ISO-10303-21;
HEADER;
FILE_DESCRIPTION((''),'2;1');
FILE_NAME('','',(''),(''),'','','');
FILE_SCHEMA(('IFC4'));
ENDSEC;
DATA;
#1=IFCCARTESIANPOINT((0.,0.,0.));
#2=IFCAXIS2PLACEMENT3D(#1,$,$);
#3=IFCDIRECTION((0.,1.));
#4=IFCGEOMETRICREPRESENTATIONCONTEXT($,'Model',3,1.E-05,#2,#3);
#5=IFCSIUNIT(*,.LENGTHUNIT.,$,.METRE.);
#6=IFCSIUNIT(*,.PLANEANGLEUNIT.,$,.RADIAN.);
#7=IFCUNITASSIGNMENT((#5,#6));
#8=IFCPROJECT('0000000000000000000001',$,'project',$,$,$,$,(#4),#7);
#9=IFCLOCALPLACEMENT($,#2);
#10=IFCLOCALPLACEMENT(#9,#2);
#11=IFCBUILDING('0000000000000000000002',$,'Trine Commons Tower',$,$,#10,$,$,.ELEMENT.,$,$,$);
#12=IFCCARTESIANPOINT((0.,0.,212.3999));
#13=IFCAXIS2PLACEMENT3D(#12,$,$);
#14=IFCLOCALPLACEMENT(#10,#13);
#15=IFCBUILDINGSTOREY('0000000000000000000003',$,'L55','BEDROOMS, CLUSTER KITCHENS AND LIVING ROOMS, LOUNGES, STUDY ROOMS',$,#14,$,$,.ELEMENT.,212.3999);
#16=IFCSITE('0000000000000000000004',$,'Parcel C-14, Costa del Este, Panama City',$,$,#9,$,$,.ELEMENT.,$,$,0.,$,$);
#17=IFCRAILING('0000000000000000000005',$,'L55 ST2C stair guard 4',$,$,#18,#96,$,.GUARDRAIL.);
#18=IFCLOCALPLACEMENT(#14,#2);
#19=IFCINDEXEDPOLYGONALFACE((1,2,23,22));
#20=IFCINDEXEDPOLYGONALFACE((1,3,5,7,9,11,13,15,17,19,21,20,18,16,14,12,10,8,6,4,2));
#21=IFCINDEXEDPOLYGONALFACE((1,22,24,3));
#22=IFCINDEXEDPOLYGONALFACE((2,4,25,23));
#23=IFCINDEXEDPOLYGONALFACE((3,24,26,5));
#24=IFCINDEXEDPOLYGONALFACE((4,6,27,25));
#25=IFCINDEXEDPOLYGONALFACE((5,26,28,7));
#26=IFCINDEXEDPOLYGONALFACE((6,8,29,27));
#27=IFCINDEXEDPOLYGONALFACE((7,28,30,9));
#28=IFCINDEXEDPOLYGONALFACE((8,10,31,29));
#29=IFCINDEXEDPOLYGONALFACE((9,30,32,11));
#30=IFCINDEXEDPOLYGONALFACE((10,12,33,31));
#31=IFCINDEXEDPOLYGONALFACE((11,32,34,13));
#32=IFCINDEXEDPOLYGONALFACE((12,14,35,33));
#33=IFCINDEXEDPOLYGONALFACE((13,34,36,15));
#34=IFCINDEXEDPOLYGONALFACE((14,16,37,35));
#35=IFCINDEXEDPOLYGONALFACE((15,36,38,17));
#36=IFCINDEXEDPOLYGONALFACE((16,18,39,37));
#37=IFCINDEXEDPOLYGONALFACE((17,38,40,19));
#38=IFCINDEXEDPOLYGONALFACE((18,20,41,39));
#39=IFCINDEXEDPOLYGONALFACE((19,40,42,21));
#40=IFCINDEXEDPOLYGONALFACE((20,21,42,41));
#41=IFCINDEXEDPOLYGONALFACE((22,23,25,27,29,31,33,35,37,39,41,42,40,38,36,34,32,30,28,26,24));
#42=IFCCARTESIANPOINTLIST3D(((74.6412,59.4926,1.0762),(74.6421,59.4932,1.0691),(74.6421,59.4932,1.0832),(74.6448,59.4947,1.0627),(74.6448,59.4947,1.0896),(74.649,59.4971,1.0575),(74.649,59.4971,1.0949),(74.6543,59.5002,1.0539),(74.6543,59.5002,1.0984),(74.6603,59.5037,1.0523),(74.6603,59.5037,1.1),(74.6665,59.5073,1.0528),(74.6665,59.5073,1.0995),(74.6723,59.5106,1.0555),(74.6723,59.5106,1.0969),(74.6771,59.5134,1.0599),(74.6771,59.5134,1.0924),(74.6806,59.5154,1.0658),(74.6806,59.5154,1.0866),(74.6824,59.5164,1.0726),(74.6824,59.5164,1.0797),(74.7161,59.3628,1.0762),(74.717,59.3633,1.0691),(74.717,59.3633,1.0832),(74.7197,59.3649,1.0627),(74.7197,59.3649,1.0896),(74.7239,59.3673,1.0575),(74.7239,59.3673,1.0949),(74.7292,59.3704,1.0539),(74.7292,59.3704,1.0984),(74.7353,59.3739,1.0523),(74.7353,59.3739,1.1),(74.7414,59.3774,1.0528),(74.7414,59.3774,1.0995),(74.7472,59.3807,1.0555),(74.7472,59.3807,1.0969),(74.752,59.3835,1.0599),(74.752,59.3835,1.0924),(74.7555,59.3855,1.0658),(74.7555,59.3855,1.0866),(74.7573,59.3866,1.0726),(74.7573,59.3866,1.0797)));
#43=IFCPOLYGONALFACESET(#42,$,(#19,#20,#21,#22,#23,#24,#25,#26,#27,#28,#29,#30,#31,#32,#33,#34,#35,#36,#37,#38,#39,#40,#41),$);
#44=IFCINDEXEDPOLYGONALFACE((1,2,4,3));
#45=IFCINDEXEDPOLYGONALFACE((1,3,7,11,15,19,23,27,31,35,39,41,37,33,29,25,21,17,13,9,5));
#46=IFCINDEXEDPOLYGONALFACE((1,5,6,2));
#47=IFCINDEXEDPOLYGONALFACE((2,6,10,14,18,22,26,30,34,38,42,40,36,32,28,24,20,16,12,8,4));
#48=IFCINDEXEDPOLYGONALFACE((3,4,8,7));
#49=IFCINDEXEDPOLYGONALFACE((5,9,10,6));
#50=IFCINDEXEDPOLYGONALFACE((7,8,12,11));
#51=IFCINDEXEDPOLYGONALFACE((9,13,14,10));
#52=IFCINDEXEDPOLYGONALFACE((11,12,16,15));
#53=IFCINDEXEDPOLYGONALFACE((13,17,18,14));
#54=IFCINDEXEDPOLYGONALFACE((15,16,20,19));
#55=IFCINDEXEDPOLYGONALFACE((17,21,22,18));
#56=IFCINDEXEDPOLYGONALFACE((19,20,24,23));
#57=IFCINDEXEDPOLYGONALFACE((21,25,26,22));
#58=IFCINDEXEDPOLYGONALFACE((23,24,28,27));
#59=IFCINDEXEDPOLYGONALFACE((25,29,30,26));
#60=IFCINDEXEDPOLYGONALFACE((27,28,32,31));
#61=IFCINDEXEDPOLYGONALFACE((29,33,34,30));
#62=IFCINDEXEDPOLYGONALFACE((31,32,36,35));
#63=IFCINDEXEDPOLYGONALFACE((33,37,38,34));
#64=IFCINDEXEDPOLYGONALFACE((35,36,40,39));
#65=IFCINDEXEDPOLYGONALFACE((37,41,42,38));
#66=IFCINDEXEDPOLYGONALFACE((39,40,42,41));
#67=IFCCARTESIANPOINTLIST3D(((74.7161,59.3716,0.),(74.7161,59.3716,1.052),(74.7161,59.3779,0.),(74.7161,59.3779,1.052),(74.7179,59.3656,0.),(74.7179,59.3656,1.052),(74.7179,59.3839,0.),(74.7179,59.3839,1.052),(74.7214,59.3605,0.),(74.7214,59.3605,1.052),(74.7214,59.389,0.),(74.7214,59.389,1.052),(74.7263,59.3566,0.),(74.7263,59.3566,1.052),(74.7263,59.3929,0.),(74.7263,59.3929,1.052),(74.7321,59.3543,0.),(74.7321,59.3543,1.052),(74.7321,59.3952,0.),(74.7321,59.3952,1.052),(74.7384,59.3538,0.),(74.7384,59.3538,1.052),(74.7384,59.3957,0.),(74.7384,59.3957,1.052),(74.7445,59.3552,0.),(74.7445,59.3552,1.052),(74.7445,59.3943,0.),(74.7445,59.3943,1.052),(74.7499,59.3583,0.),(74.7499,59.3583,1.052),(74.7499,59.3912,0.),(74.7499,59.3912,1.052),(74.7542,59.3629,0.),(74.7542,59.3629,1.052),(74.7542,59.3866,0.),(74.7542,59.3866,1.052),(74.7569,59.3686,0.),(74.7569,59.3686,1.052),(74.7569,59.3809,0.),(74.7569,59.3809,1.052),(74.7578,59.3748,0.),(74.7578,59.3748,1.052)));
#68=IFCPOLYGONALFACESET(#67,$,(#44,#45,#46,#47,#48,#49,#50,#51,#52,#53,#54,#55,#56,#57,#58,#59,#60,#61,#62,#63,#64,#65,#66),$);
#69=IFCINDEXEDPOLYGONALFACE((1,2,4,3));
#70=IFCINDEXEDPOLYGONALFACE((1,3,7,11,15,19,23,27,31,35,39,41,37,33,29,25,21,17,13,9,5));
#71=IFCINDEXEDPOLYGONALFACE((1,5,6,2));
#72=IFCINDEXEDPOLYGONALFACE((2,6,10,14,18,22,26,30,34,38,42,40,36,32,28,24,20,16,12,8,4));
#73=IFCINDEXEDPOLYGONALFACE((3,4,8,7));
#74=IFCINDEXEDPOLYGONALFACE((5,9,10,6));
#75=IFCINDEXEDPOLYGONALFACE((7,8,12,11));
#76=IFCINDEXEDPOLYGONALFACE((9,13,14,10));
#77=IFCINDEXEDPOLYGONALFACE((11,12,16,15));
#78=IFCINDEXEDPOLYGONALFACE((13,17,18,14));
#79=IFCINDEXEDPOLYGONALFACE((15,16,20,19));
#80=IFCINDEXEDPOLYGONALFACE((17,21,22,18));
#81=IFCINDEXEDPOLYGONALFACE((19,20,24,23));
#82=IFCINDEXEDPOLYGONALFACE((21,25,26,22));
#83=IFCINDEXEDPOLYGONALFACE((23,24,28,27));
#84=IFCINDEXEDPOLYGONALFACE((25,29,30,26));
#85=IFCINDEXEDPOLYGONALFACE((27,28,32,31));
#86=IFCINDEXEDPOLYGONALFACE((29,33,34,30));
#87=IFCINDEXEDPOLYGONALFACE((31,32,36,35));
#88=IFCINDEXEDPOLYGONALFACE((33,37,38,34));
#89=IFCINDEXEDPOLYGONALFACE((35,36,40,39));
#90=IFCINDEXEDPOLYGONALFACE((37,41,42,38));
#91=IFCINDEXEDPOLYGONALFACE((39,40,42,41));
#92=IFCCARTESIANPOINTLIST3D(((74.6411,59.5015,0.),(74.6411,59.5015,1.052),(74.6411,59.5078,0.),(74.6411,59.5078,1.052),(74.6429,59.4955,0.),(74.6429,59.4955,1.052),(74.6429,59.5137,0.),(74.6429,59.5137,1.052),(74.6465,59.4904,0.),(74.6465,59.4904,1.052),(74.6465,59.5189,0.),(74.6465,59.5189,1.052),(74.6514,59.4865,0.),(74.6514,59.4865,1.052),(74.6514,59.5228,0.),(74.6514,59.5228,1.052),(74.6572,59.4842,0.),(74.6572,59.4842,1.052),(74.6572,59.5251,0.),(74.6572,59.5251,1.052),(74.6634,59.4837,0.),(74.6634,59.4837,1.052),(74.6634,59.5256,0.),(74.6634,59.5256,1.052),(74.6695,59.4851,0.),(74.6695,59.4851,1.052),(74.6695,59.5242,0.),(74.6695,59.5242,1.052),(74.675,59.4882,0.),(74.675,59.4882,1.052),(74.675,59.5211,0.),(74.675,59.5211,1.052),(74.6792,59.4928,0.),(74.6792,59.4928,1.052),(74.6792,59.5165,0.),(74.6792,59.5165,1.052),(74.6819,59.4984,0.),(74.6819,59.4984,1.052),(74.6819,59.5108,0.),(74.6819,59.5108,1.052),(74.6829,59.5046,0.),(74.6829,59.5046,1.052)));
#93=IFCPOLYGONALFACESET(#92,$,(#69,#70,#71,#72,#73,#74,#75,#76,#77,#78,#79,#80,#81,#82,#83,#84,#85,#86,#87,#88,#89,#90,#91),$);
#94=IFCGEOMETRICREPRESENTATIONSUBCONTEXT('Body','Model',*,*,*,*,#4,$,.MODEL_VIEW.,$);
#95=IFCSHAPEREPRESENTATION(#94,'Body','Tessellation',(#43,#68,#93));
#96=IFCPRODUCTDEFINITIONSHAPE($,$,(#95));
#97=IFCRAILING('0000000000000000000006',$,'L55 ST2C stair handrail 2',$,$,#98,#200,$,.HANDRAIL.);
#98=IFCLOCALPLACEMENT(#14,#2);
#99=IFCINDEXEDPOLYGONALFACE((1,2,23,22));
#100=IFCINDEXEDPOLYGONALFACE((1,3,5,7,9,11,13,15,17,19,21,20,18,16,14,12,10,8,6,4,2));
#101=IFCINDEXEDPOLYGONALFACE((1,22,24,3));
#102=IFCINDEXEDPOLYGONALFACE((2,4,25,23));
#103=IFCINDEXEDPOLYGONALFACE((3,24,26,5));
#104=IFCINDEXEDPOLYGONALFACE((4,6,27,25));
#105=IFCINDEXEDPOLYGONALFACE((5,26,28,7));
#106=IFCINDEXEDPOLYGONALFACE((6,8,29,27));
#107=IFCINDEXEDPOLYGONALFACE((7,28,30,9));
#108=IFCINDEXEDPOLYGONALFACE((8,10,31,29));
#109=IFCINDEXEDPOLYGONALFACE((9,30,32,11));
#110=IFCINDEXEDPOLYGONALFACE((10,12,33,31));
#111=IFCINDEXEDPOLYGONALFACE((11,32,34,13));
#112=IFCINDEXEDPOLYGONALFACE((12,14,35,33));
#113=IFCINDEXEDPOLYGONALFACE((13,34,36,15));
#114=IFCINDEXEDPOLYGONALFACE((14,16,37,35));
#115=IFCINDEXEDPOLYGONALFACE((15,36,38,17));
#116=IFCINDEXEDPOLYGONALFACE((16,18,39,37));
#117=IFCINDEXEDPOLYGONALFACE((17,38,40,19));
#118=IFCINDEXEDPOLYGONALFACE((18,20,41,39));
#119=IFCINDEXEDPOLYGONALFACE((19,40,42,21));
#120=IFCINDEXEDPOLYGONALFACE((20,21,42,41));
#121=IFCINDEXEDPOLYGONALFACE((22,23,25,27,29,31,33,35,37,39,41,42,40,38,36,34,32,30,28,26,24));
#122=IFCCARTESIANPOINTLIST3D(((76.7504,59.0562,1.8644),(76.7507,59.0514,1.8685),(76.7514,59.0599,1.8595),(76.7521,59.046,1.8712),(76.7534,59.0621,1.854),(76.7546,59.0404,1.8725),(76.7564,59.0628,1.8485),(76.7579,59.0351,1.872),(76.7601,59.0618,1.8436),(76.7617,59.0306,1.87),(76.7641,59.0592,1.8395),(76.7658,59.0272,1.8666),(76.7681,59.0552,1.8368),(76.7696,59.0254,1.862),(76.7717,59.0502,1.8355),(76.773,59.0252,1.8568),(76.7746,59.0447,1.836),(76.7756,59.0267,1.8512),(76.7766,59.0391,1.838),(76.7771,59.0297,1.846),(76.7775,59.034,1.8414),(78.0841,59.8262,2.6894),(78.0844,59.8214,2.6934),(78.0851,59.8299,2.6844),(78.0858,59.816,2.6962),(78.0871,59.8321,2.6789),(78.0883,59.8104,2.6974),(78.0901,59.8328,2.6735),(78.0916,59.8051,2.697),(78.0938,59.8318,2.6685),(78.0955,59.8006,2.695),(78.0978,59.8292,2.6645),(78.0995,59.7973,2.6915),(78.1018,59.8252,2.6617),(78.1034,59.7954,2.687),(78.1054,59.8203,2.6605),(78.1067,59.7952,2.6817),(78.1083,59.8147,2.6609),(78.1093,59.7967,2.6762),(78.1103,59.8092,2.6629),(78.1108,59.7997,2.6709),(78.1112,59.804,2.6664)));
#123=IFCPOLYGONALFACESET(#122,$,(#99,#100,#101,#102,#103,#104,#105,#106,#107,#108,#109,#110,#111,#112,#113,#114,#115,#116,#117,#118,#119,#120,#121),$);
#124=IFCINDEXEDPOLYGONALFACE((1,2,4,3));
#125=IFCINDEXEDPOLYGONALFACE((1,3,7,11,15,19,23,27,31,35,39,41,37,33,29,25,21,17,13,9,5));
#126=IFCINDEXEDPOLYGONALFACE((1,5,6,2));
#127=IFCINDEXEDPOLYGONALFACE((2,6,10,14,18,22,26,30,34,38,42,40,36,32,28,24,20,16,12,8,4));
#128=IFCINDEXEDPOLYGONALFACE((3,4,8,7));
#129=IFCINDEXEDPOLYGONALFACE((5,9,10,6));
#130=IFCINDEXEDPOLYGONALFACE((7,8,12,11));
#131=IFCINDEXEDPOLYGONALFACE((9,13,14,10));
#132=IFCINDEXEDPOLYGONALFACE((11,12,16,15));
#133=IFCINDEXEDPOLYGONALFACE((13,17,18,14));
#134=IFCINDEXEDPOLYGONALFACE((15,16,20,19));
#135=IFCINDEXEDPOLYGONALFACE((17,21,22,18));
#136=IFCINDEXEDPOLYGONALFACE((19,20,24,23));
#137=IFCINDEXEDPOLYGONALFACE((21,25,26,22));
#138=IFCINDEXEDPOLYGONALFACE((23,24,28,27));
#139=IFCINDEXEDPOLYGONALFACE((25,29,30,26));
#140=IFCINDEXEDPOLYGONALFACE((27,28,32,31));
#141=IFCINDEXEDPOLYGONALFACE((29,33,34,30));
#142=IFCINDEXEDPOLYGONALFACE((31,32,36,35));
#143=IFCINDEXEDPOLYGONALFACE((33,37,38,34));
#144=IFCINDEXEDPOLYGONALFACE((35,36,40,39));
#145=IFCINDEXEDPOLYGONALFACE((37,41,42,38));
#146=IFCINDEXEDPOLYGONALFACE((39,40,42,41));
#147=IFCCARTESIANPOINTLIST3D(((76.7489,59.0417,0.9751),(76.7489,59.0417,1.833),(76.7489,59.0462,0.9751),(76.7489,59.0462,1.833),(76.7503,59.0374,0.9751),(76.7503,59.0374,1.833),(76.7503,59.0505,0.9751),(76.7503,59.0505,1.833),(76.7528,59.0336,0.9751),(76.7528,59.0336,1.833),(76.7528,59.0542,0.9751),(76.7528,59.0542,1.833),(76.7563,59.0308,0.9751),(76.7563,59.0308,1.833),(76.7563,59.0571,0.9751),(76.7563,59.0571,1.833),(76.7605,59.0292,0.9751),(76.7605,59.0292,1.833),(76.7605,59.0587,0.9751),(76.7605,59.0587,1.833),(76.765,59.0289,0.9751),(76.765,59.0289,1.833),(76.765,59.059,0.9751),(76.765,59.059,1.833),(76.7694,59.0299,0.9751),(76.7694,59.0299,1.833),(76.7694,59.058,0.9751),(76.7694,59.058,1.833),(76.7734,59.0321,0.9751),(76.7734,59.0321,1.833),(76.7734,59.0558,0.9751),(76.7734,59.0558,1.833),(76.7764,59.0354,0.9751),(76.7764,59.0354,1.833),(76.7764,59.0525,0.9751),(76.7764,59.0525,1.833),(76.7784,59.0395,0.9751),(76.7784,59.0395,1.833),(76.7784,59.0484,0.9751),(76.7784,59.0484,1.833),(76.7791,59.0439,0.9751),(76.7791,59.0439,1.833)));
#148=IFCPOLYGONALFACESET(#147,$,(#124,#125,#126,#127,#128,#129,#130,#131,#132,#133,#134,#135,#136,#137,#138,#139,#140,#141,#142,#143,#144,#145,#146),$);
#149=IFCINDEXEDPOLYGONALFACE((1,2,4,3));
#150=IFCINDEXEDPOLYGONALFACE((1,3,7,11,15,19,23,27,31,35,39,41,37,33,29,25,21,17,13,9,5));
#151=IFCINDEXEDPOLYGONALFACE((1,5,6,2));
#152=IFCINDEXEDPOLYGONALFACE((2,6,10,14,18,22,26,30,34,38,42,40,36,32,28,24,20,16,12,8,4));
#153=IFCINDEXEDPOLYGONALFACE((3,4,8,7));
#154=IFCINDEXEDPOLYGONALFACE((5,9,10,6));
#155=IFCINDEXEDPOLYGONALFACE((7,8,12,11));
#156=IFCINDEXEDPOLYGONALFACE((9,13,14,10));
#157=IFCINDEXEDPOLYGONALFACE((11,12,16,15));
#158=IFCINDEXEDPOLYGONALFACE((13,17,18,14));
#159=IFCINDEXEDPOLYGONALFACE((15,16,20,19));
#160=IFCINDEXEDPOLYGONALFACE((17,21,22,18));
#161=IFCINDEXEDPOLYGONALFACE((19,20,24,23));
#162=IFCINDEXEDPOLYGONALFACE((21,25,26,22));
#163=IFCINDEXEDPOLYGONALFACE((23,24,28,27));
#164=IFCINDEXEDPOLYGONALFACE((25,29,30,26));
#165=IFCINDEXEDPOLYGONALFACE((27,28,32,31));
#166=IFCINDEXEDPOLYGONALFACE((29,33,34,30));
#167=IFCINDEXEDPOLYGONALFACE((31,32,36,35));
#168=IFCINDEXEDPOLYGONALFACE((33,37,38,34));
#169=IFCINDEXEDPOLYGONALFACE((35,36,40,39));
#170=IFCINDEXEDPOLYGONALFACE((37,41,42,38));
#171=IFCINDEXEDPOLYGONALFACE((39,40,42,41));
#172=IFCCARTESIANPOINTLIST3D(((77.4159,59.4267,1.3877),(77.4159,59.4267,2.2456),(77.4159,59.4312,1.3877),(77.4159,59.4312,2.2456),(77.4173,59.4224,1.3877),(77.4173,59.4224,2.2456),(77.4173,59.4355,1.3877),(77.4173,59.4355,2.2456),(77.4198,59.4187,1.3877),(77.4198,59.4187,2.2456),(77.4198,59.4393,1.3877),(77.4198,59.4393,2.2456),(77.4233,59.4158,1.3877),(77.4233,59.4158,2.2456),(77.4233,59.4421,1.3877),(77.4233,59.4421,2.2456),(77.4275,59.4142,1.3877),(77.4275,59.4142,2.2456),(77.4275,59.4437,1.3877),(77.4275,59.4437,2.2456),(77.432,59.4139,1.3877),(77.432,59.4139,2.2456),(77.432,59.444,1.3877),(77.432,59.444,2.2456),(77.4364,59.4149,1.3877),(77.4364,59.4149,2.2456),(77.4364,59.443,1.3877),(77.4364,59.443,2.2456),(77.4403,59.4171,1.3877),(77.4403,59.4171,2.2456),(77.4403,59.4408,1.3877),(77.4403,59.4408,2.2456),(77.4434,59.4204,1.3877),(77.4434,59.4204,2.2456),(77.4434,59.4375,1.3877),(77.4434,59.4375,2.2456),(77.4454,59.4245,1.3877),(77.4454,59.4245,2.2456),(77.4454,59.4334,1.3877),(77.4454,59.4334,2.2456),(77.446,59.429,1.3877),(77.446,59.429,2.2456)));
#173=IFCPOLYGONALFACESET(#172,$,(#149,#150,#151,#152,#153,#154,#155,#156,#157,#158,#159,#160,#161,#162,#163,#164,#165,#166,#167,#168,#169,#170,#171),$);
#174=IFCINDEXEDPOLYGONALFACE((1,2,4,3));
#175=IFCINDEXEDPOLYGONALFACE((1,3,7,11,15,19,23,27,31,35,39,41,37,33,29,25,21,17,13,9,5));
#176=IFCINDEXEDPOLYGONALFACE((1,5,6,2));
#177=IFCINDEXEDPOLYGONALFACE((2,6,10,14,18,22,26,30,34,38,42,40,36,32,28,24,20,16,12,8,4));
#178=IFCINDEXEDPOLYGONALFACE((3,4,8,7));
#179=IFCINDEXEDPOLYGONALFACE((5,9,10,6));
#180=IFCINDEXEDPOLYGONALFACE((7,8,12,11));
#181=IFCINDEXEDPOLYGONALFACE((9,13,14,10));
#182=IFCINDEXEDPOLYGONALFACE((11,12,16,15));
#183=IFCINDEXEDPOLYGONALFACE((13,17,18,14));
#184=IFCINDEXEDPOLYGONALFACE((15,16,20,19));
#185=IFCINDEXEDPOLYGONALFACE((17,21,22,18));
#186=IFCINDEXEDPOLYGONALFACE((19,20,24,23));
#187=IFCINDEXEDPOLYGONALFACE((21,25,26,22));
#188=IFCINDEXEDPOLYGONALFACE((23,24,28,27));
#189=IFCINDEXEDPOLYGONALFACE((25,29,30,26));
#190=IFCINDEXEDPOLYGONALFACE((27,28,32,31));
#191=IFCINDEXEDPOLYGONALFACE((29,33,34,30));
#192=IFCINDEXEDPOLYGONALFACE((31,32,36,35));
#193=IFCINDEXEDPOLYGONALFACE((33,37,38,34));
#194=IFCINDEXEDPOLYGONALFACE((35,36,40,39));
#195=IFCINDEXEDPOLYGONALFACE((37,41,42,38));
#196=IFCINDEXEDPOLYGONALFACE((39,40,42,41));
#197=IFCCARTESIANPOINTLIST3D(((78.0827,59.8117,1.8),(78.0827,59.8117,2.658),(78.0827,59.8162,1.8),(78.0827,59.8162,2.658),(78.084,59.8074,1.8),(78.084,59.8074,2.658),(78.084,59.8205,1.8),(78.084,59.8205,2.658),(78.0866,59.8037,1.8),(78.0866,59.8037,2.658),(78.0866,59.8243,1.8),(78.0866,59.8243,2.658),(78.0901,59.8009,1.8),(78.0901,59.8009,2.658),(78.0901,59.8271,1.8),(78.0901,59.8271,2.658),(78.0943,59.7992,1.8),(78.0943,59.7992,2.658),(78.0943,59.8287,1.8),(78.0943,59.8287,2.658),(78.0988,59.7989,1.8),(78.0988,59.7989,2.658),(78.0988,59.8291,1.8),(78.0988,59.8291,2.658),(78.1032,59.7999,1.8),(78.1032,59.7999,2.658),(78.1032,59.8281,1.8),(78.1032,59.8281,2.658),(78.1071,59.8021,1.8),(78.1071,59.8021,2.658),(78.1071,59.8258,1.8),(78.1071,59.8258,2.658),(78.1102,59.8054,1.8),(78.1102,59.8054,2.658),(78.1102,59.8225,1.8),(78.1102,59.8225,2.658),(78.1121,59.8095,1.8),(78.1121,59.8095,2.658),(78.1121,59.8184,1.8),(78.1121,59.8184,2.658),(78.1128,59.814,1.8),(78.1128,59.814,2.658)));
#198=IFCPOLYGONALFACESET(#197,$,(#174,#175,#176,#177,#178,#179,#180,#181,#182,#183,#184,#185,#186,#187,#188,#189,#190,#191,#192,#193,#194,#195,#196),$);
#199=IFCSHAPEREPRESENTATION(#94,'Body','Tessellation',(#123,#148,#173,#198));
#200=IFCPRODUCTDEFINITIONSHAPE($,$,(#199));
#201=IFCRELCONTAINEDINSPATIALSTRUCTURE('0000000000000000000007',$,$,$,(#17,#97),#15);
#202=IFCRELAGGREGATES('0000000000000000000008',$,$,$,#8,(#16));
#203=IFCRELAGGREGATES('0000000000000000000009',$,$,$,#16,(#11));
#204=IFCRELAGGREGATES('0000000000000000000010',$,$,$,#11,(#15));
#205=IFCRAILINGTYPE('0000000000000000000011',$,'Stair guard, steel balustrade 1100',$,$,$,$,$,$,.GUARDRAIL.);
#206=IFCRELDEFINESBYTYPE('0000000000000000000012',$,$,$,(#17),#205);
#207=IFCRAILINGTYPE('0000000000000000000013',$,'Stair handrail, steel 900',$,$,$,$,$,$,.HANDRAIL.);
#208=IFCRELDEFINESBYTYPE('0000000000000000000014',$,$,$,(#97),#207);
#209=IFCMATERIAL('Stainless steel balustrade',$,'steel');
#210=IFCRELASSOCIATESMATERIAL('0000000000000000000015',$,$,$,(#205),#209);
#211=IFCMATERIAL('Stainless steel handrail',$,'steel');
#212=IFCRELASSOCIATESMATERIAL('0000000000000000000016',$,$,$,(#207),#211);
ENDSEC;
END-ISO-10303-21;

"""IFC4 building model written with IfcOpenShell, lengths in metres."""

from ifc_helpers import new_model, si_unit, direction, frame, origin, origin_2d, place, context, subcontext, project, spatial, circle, extrude, material, type_object, element, save


model = new_model("IFC4")

# Units and contexts
model_context = context("Model", 3, precision=1e-05, world=origin(), true_north=direction((0.0, 1.0)))
body_context = subcontext(model_context, "Body", "Model", "MODEL_VIEW")
ifc_project = project(units=[si_unit("LENGTHUNIT", "METRE"), si_unit("PLANEANGLEUNIT", "RADIAN")], contexts=[model_context])

# Site, building, storey
site_placement = place(None, origin())
site = spatial("IfcSite", under=ifc_project, at=site_placement, Name="Parcel C-14, Costa del Este, Panama City", CompositionType="ELEMENT", RefElevation=0.0)
building_placement = place(site_placement, origin())
building = spatial("IfcBuilding", under=site, at=building_placement, Name="Trine Commons Tower", CompositionType="ELEMENT")
storey_placement = place(building_placement, frame((0.0, 0.0, 212.3999)))
storey = spatial("IfcBuildingStorey", under=building, at=storey_placement, Name="L55", Description="BEDROOMS, CLUSTER KITCHENS AND LIVING ROOMS, LOUNGES, STUDY ROOMS", CompositionType="ELEMENT", Elevation=212.3999)

# Railings
ifc_material_1 = material(Name="Stainless steel balustrade", Category="steel")
railing_type_1 = type_object("IfcRailingType", Name="Stair guard, steel balustrade 1100", PredefinedType="GUARDRAIL", material=ifc_material_1)
railing_1_placement = place(storey_placement, frame((74.7368, 59.3748, 0.0)))
element("IfcRailing", 1, at=railing_1_placement, inside=storey, type_object=railing_type_1, Name="L55 ST2C stair guard 4", PredefinedType="GUARDRAIL", context=body_context, shape_type="SweptSolid", body=[
    extrude(circle(Radius=0.0239, at=origin_2d()), frame((0.0, 0.0, 1.0762), z_axis=(-0.499816, 0.866131, 0.0), x_axis=(-0.866131, -0.499816, 0.0)), (0.0, 0.0, 1.0), 0.1499),
    extrude(circle(Radius=0.021, at=origin_2d()), origin(), (0.0, 0.0, 1.0), 1.052),
    extrude(circle(Radius=0.021, at=origin_2d()), frame((-0.075, 0.1299, 0.0)), (0.0, 0.0, 1.0), 1.052),
])
ifc_material_2 = material(Name="Stainless steel handrail", Category="steel")
railing_type_2 = type_object("IfcRailingType", Name="Stair handrail, steel 900", PredefinedType="HANDRAIL", material=ifc_material_2)
railing_2_placement = place(storey_placement, frame((76.7639, 59.0439, 0.9751)))
element("IfcRailing", 2, at=railing_2_placement, inside=storey, type_object=railing_type_2, Name="L55 ST2C stair handrail 2", PredefinedType="HANDRAIL", context=body_context, shape_type="SweptSolid", body=[
    extrude(circle(Radius=0.021, at=origin_2d()), frame((0.0, 0.0, 0.8789), z_axis=(0.763405, 0.440743, 0.472185), x_axis=(-0.499992, 0.86603, 0.0)), (0.0, 0.0, 1.0), 1.7471),
    extrude(circle(Radius=0.0151, at=origin_2d()), origin(), (0.0, 0.0, 1.0), 0.8579),
    extrude(circle(Radius=0.0151, at=origin_2d()), frame((0.667, 0.385, 0.4126)), (0.0, 0.0, 1.0), 0.8579),
    extrude(circle(Radius=0.0151, at=origin_2d()), frame((1.3337, 0.77, 0.825)), (0.0, 0.0, 1.0), 0.8579),
])

save(model, "model.ifc")
